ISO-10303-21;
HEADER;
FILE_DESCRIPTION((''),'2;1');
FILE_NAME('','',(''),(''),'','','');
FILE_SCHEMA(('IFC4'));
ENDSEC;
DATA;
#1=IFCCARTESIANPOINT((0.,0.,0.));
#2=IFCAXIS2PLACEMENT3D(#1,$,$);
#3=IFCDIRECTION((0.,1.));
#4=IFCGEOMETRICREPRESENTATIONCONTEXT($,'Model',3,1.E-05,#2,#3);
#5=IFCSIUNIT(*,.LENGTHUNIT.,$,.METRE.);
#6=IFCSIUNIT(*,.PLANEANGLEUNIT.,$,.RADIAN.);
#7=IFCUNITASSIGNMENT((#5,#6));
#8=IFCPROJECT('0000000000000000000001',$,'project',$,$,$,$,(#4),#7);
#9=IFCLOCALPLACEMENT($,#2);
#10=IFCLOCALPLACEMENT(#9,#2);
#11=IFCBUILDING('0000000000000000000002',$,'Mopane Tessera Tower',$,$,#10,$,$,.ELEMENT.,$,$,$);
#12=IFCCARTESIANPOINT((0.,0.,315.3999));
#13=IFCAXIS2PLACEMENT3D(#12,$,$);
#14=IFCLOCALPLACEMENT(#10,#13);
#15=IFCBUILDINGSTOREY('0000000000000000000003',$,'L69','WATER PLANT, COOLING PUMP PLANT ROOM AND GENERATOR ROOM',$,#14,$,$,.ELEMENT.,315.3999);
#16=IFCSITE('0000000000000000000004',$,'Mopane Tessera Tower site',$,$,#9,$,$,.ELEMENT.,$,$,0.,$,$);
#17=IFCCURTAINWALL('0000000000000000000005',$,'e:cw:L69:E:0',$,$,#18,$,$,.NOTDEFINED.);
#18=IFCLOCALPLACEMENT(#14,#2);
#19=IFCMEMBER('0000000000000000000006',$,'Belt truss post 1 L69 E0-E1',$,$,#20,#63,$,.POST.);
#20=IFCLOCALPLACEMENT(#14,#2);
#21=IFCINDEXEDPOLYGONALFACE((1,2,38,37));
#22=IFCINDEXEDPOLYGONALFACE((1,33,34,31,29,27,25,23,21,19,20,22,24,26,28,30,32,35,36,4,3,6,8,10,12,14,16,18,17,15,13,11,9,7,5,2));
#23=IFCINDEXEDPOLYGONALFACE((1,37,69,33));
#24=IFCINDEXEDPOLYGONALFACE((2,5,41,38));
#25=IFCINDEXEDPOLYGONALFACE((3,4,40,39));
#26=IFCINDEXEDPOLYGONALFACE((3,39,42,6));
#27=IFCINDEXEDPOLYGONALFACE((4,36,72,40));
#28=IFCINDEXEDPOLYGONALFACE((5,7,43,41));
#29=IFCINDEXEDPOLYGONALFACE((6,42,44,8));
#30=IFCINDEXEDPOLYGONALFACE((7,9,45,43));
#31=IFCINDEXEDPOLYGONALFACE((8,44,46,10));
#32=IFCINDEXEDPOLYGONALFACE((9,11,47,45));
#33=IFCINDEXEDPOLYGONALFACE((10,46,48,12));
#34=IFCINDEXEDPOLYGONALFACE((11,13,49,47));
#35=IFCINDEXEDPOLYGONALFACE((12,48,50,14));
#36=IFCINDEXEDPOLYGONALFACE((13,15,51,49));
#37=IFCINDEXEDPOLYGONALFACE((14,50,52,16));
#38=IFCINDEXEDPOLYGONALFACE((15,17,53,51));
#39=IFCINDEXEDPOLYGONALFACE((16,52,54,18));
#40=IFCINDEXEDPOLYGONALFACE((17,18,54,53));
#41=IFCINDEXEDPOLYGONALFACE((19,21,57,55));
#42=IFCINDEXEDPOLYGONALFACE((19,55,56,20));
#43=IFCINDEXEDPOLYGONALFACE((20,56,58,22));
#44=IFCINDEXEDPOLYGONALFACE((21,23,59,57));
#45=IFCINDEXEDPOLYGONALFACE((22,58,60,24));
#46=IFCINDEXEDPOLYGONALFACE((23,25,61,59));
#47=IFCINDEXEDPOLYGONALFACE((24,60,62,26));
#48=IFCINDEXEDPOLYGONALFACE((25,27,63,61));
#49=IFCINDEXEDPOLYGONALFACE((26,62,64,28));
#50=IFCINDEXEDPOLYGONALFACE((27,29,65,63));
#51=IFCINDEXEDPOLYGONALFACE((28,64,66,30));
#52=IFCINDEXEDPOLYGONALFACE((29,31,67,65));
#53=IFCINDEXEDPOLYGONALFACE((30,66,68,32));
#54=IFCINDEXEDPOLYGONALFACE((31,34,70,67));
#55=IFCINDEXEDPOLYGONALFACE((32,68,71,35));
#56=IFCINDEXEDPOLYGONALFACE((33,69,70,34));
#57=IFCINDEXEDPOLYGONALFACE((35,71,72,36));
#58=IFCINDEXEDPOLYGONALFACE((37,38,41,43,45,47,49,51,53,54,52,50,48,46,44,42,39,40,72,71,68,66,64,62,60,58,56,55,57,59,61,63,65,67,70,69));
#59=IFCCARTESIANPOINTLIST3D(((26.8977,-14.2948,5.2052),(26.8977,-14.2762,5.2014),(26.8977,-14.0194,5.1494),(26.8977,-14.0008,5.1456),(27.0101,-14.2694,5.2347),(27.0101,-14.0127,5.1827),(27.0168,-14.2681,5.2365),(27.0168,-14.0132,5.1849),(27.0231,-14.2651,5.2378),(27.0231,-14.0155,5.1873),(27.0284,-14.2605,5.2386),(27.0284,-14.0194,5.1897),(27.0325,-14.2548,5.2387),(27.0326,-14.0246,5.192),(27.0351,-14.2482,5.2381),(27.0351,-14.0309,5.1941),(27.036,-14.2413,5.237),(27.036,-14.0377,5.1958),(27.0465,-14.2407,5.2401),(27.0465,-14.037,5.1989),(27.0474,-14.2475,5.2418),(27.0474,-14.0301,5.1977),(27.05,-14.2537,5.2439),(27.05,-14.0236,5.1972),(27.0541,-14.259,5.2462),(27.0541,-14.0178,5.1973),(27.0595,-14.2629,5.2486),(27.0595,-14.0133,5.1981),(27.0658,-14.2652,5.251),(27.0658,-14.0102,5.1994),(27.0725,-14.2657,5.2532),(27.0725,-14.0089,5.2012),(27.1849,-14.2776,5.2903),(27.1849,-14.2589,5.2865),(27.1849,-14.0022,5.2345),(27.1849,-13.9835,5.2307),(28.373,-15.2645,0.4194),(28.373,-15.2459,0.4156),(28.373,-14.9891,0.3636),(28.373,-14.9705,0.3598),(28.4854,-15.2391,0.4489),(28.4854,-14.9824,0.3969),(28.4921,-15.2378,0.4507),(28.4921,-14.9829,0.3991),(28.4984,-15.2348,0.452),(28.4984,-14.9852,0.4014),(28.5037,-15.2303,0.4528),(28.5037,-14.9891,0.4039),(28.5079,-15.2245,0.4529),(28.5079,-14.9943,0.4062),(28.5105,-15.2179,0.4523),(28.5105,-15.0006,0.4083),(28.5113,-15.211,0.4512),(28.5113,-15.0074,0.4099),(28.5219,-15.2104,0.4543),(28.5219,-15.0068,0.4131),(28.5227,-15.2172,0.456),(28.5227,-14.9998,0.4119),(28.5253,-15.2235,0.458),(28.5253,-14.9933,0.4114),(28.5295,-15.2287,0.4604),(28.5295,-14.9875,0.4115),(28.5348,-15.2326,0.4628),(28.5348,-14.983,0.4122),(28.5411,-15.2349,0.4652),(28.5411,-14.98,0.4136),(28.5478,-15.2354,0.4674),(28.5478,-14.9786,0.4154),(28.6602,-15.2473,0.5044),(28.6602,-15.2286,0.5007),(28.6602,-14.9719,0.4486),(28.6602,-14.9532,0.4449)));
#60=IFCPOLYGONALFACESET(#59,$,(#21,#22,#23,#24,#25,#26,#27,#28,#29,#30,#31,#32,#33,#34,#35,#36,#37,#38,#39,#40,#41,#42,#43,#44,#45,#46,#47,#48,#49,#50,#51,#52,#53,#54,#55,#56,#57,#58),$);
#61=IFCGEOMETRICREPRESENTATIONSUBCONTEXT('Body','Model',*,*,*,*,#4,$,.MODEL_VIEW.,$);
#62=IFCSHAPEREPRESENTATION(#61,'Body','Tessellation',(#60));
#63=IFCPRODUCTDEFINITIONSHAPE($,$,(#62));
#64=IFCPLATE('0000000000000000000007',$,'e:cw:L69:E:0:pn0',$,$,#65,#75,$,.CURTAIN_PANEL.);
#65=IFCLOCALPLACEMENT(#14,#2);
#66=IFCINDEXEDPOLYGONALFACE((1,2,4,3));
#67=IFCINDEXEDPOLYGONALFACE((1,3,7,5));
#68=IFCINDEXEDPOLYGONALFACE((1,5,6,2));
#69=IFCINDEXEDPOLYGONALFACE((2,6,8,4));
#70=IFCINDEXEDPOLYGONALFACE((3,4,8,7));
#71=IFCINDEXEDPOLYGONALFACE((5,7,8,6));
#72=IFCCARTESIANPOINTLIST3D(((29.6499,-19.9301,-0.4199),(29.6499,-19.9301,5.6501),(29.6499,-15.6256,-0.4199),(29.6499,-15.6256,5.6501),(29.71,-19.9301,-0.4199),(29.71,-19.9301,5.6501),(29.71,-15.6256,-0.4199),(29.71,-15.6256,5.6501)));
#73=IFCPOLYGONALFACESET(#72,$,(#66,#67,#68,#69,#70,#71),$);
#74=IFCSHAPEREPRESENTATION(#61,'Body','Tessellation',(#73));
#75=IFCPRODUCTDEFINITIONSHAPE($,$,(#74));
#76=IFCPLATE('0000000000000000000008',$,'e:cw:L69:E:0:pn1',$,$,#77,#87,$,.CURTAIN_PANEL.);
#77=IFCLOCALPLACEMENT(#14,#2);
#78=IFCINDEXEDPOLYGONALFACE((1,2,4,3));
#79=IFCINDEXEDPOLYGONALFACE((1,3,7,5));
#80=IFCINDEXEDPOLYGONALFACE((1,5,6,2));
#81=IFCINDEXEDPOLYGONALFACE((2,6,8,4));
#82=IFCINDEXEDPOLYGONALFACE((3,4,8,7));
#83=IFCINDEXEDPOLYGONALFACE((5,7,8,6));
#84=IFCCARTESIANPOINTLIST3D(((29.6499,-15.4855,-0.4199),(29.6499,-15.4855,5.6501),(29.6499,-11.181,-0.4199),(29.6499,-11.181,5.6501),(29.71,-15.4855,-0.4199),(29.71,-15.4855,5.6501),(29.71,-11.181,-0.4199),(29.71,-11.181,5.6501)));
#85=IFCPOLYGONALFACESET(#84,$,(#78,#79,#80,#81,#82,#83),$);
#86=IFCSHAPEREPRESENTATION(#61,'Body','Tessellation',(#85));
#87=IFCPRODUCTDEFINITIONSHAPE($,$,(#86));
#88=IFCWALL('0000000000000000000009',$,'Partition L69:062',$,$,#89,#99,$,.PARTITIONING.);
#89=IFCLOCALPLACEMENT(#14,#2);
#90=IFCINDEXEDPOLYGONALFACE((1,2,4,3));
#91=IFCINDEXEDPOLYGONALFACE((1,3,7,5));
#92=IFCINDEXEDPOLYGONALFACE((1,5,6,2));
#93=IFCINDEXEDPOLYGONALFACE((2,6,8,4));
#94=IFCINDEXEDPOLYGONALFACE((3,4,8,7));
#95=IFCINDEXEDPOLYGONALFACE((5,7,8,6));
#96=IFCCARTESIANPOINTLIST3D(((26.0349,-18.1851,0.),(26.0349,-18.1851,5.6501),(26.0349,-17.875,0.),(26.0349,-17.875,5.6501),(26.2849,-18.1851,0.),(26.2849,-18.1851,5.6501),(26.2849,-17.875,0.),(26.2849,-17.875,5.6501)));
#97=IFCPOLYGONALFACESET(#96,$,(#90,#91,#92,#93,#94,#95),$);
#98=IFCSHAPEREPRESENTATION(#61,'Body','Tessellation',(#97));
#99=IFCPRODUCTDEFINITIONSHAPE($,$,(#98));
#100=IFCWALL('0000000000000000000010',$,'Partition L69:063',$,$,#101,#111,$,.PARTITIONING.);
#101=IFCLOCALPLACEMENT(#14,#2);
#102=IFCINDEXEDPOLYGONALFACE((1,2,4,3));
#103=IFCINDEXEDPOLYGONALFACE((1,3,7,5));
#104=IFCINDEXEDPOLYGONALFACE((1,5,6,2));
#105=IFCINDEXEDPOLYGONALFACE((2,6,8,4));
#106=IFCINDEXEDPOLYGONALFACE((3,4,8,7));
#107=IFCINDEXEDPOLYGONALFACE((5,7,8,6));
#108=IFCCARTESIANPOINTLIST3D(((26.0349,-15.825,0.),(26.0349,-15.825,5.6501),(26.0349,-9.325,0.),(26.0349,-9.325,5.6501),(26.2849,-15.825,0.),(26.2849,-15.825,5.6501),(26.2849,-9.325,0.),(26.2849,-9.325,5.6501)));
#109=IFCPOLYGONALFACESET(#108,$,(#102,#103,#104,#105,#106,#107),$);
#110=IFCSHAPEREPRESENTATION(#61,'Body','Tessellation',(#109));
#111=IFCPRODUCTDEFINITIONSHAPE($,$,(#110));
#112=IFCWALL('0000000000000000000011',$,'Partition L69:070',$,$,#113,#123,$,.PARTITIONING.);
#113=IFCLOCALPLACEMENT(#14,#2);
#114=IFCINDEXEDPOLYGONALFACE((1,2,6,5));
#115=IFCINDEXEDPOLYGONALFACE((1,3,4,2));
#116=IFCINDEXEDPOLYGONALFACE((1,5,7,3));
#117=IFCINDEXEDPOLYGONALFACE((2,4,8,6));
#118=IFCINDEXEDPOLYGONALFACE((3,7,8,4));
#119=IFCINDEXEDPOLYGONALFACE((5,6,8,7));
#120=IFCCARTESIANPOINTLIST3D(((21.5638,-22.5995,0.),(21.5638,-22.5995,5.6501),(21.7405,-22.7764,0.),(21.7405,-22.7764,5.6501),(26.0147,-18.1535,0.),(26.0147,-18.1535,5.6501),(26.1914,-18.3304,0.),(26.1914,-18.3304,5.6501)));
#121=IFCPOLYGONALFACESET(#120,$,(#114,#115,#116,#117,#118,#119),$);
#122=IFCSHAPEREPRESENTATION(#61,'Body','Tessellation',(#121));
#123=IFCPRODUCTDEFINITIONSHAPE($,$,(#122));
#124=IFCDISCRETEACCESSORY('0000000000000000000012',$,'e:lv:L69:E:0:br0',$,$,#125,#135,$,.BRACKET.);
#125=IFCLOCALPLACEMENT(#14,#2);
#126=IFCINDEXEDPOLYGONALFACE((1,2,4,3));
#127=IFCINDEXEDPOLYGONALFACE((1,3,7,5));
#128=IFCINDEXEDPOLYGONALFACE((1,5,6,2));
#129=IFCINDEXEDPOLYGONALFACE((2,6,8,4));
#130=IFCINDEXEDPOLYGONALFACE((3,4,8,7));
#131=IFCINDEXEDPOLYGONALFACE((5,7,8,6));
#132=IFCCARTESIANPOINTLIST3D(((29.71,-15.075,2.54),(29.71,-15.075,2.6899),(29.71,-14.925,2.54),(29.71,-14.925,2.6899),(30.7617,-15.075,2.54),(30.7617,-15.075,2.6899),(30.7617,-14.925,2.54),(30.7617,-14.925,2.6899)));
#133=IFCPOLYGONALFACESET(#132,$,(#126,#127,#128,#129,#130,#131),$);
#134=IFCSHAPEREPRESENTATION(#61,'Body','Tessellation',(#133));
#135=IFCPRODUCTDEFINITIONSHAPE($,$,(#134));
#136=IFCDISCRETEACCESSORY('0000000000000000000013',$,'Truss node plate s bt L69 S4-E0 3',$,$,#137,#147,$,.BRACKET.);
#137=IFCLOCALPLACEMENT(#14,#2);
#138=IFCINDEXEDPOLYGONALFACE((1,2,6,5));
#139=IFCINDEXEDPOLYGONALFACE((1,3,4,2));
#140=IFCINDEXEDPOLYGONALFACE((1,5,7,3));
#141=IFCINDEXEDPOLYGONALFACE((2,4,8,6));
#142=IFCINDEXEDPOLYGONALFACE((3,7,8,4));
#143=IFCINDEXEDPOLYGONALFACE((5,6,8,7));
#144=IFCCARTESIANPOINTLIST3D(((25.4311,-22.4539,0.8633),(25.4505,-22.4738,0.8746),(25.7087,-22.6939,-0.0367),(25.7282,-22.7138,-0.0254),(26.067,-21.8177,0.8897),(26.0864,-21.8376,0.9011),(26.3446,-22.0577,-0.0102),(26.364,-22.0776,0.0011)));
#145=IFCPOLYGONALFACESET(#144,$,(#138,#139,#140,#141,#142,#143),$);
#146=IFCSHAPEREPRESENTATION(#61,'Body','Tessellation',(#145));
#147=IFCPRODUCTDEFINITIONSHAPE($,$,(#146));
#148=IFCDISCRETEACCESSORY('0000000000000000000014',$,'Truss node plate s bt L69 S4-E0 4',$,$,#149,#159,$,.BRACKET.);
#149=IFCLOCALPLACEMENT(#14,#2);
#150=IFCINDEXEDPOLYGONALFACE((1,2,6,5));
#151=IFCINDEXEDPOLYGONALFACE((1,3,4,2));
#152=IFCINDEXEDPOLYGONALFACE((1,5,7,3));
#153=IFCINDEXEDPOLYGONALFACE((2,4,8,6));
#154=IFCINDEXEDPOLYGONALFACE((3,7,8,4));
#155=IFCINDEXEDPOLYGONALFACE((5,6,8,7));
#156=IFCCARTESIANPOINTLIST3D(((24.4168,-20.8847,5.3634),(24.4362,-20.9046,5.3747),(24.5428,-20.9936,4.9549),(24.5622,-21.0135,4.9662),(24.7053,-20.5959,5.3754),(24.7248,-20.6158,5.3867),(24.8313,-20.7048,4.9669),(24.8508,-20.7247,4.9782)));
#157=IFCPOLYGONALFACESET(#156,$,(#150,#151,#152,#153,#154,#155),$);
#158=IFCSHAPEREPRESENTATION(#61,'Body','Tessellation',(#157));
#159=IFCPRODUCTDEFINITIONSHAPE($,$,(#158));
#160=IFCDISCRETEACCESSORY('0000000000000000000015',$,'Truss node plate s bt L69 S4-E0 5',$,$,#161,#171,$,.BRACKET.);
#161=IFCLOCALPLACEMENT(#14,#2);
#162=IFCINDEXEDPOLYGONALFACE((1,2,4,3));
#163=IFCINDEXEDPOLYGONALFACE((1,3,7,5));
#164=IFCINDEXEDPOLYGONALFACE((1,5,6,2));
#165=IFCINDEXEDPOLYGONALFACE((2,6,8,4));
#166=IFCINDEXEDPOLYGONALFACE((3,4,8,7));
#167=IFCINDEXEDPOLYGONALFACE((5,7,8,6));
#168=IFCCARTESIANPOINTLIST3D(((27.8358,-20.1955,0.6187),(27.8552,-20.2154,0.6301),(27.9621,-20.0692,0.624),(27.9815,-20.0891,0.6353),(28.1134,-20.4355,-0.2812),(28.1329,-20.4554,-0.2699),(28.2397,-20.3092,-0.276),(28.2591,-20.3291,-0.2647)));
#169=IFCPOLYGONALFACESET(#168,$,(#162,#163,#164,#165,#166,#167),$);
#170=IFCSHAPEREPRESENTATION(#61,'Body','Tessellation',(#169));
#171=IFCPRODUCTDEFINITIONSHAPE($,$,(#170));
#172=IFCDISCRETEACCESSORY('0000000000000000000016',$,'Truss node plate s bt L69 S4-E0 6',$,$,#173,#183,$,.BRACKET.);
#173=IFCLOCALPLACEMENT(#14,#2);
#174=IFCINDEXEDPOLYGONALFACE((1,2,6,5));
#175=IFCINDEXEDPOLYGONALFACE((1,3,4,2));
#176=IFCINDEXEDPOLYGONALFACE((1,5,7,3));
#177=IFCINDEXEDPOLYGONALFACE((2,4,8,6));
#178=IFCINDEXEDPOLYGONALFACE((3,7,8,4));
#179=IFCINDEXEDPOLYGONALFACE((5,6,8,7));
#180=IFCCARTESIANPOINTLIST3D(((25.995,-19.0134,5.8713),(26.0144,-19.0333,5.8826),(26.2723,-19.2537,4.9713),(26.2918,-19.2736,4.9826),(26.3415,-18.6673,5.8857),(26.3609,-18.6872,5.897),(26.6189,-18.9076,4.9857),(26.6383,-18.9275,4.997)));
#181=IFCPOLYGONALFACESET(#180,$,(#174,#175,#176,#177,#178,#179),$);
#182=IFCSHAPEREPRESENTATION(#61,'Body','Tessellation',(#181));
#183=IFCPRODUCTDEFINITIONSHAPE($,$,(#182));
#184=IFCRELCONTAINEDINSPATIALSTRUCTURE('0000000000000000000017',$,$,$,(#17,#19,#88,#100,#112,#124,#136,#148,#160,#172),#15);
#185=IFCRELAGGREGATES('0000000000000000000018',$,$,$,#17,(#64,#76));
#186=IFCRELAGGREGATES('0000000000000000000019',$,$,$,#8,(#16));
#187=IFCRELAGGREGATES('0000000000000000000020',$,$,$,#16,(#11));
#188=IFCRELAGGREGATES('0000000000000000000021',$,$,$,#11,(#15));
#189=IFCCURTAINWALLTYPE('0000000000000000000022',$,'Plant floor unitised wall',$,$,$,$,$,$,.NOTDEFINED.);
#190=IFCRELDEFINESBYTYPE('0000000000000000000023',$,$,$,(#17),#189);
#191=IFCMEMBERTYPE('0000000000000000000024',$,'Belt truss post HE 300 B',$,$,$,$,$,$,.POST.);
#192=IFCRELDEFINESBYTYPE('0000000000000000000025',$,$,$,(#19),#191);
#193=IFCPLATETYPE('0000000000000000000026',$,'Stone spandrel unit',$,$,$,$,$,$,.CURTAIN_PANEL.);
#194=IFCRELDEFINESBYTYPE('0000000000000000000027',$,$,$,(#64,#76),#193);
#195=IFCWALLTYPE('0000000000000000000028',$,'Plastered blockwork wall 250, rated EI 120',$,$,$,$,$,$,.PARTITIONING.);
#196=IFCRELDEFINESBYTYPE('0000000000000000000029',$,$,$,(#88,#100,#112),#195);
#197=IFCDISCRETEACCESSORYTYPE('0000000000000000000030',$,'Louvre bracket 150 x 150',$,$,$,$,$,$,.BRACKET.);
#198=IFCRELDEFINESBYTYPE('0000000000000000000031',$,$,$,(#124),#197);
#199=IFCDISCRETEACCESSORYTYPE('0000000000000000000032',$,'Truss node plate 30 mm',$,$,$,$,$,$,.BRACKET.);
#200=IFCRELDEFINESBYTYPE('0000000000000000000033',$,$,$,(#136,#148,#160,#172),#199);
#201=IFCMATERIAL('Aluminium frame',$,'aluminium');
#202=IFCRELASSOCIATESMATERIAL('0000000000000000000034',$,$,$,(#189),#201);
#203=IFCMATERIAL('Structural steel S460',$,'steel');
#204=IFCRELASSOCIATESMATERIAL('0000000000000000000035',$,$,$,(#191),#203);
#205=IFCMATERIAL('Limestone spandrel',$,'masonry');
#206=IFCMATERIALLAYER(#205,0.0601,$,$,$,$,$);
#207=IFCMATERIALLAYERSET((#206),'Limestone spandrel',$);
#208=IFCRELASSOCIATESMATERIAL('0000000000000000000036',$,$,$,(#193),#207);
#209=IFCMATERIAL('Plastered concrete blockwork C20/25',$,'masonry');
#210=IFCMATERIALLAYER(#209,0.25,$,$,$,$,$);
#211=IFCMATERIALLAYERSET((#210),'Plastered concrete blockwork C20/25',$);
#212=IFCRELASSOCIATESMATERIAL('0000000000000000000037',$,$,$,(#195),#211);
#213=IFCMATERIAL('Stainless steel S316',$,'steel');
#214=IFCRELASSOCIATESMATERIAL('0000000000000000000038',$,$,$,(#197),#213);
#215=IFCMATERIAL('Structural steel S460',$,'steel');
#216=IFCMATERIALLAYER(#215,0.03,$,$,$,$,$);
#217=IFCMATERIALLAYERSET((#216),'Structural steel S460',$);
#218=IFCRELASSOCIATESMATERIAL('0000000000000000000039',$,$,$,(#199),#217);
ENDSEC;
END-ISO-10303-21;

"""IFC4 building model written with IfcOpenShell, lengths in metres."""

from ifc_helpers import new_model, si_unit, direction, frame, frame_2d, origin, origin_2d, place, context, subcontext, project, spatial, rectangle, i_section, extrude, material, layer, layer_set, material_profile, profile_set, type_object, element, aggregate, save


model = new_model("IFC4")

# Units and contexts
model_context = context("Model", 3, precision=1e-05, world=origin(), true_north=direction((0.0, 1.0)))
body_context = subcontext(model_context, "Body", "Model", "MODEL_VIEW")
ifc_project = project(units=[si_unit("LENGTHUNIT", "METRE"), si_unit("PLANEANGLEUNIT", "RADIAN")], contexts=[model_context])

# Site, building, storey
site_placement = place(None, origin())
site = spatial("IfcSite", under=ifc_project, at=site_placement, Name="Mopane Tessera Tower site", CompositionType="ELEMENT", RefElevation=0.0)
building_placement = place(site_placement, origin())
building = spatial("IfcBuilding", under=site, at=building_placement, Name="Mopane Tessera Tower", CompositionType="ELEMENT")
storey_placement = place(building_placement, frame((0.0, 0.0, 315.3999)))
storey = spatial("IfcBuildingStorey", under=building, at=storey_placement, Name="L69", Description="WATER PLANT, COOLING PUMP PLANT ROOM AND GENERATOR ROOM", CompositionType="ELEMENT", Elevation=315.3999)

# Curtain wall
ifc_material_1 = material(Name="Aluminium frame", Category="aluminium")
curtain_wall_type = type_object("IfcCurtainWallType", Name="Plant floor unitised wall", PredefinedType="NOTDEFINED", material=ifc_material_1)
curtain_wall_placement = place(storey_placement, origin())
curtain_wall = element("IfcCurtainWall", 1, at=curtain_wall_placement, inside=storey, type_object=curtain_wall_type, Name="e:cw:L69:E:0", PredefinedType="NOTDEFINED")

# Member
ifc_material_2 = material(Name="Structural steel S460", Category="steel")
ifc_material_profile_1 = material_profile(ifc_material_2, i_section(OverallWidth=0.3, OverallDepth=0.3, WebThickness=0.011, FlangeThickness=0.019, FilletRadius=0.0271, at=origin_2d()))
ifc_profile_set_1 = profile_set([ifc_material_profile_1], Name="Structural steel S460")
member_type_1 = type_object("IfcMemberType", Name="Belt truss post HE 300 B", PredefinedType="POST", material=ifc_profile_set_1)
member_1_placement = place(storey_placement, frame((28.5166, -15.1089, 0.4321), z_axis=(-0.289217, 0.1901, 0.938198), x_axis=(-0.957263, -0.057415, -0.283461)))
element("IfcMember", 2, at=member_1_placement, inside=storey, type_object=member_type_1, Name="Belt truss post 1 L69 E0-E1", PredefinedType="POST", context=body_context, shape_type="SweptSolid", body=[
    extrude(i_section(OverallWidth=0.3, OverallDepth=0.3, WebThickness=0.011, FlangeThickness=0.019, FilletRadius=0.0271, at=origin_2d()), origin(), (0.0, 0.0, 1.0), 5.1011),
])

# Plates
ifc_material_3 = material(Name="Limestone spandrel", Category="masonry")
ifc_layer_1 = layer(ifc_material_3, 0.0601)
ifc_layer_set_1 = layer_set([ifc_layer_1], Name="Limestone spandrel")
plate_type = type_object("IfcPlateType", Name="Stone spandrel unit", PredefinedType="CURTAIN_PANEL", material=ifc_layer_set_1)
plate_1_placement = place(storey_placement, frame((29.6799, -17.7778, -0.4199), z_axis=(0.0, 0.0, 1.0), x_axis=(0.0, 1.0, 0.0)))
plate_1 = element("IfcPlate", 3, at=plate_1_placement, type_object=plate_type, Name="e:cw:L69:E:0:pn0", PredefinedType="CURTAIN_PANEL", context=body_context, shape_type="SweptSolid", body=[
    extrude(rectangle(XDim=4.3044, YDim=0.0601, at=origin_2d()), origin(), (0.0, 0.0, 1.0), 6.0701),
])
plate_2_placement = place(storey_placement, frame((29.6799, -13.3333, -0.4199), z_axis=(0.0, 0.0, 1.0), x_axis=(0.0, 1.0, 0.0)))
plate_2 = element("IfcPlate", 4, at=plate_2_placement, type_object=plate_type, Name="e:cw:L69:E:0:pn1", PredefinedType="CURTAIN_PANEL", context=body_context, shape_type="SweptSolid", body=[
    extrude(rectangle(XDim=4.3044, YDim=0.0601, at=origin_2d()), origin(), (0.0, 0.0, 1.0), 6.0701),
])
aggregate(curtain_wall, [plate_1, plate_2])

# Walls
ifc_material_4 = material(Name="Plastered concrete blockwork C20/25", Category="masonry")
ifc_layer_2 = layer(ifc_material_4, 0.25)
ifc_layer_set_2 = layer_set([ifc_layer_2], Name="Plastered concrete blockwork C20/25")
wall_type = type_object("IfcWallType", Name="Plastered blockwork wall 250, rated EI 120", PredefinedType="PARTITIONING", material=ifc_layer_set_2)
wall_1_placement = place(storey_placement, frame((26.1599, -18.1851, 0.0), z_axis=(0.0, 0.0, 1.0), x_axis=(0.0, 1.0, 0.0)))
element("IfcWall", 5, at=wall_1_placement, inside=storey, type_object=wall_type, Name="Partition L69:062", PredefinedType="PARTITIONING", context=body_context, shape_type="SweptSolid", body=[
    extrude(rectangle(XDim=0.3101, YDim=0.25, at=frame_2d((0.155, 0.0))), origin(), (0.0, 0.0, 1.0), 5.6501),
])
wall_2_placement = place(storey_placement, frame((26.1599, -15.825, 0.0), z_axis=(0.0, 0.0, 1.0), x_axis=(0.0, 1.0, 0.0)))
element("IfcWall", 6, at=wall_2_placement, inside=storey, type_object=wall_type, Name="Partition L69:063", PredefinedType="PARTITIONING", context=body_context, shape_type="SweptSolid", body=[
    extrude(rectangle(XDim=6.5, YDim=0.25, at=frame_2d((3.25, 0.0))), origin(), (0.0, 0.0, 1.0), 5.6501),
])
wall_3_placement = place(storey_placement, frame((26.103, -18.2419, 0.0), z_axis=(0.0, 0.0, 1.0), x_axis=(-0.707495, -0.706719, 0.0)))
element("IfcWall", 7, at=wall_3_placement, inside=storey, type_object=wall_type, Name="Partition L69:070", PredefinedType="PARTITIONING", context=body_context, shape_type="SweptSolid", body=[
    extrude(rectangle(XDim=6.291, YDim=0.25, at=frame_2d((3.1455, 0.0))), origin(), (0.0, 0.0, 1.0), 5.6501),
])

# Discrete accessories
ifc_material_5 = material(Name="Stainless steel S316", Category="steel")
discrete_accessory_type_1 = type_object("IfcDiscreteAccessoryType", Name="Louvre bracket 150 x 150", PredefinedType="BRACKET", material=ifc_material_5)
discrete_accessory_1_placement = place(storey_placement, frame((30.2358, -15.0, 2.54), z_axis=(0.0, 0.0, 1.0), x_axis=(1.0, 0.0, 0.0)))
element("IfcDiscreteAccessory", 8, at=discrete_accessory_1_placement, inside=storey, type_object=discrete_accessory_type_1, Name="e:lv:L69:E:0:br0", PredefinedType="BRACKET", context=body_context, shape_type="SweptSolid", body=[
    extrude(rectangle(XDim=1.0518, YDim=0.1499, at=origin_2d()), origin(), (0.0, 0.0, 1.0), 0.1499),
])
ifc_material_6 = material(Name="Structural steel S460", Category="steel")
ifc_layer_3 = layer(ifc_material_6, 0.03)
ifc_layer_set_3 = layer_set([ifc_layer_3], Name="Structural steel S460")
discrete_accessory_type_2 = type_object("IfcDiscreteAccessoryType", Name="Truss node plate 30 mm", PredefinedType="BRACKET", material=ifc_layer_set_3)
discrete_accessory_2_placement = place(storey_placement, frame((26.0364, -22.3857, -0.0178), z_axis=(-0.285631, 0.246944, 0.925977), x_axis=(-0.647377, 0.662724, -0.376431)))
element("IfcDiscreteAccessory", 9, at=discrete_accessory_2_placement, inside=storey, type_object=discrete_accessory_type_2, Name="Truss node plate s bt L69 S4-E0 3", PredefinedType="BRACKET", context=body_context, shape_type="SweptSolid", body=[
    extrude(rectangle(XDim=0.03, YDim=0.8999, at=origin_2d()), origin(), (0.0, 0.0, 1.0), 0.9719),
])
discrete_accessory_3_placement = place(storey_placement, frame((24.6968, -20.8591, 4.9666), z_axis=(-0.285606, 0.246861, 0.926007), x_axis=(-0.647481, 0.662663, -0.376359)))
element("IfcDiscreteAccessory", 10, at=discrete_accessory_3_placement, inside=storey, type_object=discrete_accessory_type_2, Name="Truss node plate s bt L69 S4-E0 4", PredefinedType="BRACKET", context=body_context, shape_type="SweptSolid", body=[
    extrude(rectangle(XDim=0.03, YDim=0.4084, at=origin_2d()), origin(), (0.0, 0.0, 1.0), 0.4412),
])
discrete_accessory_4_placement = place(storey_placement, frame((28.1863, -20.3823, -0.2729), z_axis=(-0.285631, 0.246944, 0.925977), x_axis=(-0.647377, 0.662724, -0.376431)))
element("IfcDiscreteAccessory", 11, at=discrete_accessory_4_placement, inside=storey, type_object=discrete_accessory_type_2, Name="Truss node plate s bt L69 S4-E0 5", PredefinedType="BRACKET", context=body_context, shape_type="SweptSolid", body=[
    extrude(rectangle(XDim=0.03, YDim=0.1787, at=origin_2d()), origin(), (0.0, 0.0, 1.0), 0.9719),
])
discrete_accessory_5_placement = place(storey_placement, frame((26.4553, -19.0906, 4.9841), z_axis=(-0.285383, 0.247198, 0.925986), x_axis=(-0.646762, 0.663337, -0.376409)))
element("IfcDiscreteAccessory", 12, at=discrete_accessory_5_placement, inside=storey, type_object=discrete_accessory_type_2, Name="Truss node plate s bt L69 S4-E0 6", PredefinedType="BRACKET", context=body_context, shape_type="SweptSolid", body=[
    extrude(rectangle(XDim=0.03, YDim=0.49, at=origin_2d()), origin(), (0.0, 0.0, 1.0), 0.9719),
])

save(model, "model.ifc")
